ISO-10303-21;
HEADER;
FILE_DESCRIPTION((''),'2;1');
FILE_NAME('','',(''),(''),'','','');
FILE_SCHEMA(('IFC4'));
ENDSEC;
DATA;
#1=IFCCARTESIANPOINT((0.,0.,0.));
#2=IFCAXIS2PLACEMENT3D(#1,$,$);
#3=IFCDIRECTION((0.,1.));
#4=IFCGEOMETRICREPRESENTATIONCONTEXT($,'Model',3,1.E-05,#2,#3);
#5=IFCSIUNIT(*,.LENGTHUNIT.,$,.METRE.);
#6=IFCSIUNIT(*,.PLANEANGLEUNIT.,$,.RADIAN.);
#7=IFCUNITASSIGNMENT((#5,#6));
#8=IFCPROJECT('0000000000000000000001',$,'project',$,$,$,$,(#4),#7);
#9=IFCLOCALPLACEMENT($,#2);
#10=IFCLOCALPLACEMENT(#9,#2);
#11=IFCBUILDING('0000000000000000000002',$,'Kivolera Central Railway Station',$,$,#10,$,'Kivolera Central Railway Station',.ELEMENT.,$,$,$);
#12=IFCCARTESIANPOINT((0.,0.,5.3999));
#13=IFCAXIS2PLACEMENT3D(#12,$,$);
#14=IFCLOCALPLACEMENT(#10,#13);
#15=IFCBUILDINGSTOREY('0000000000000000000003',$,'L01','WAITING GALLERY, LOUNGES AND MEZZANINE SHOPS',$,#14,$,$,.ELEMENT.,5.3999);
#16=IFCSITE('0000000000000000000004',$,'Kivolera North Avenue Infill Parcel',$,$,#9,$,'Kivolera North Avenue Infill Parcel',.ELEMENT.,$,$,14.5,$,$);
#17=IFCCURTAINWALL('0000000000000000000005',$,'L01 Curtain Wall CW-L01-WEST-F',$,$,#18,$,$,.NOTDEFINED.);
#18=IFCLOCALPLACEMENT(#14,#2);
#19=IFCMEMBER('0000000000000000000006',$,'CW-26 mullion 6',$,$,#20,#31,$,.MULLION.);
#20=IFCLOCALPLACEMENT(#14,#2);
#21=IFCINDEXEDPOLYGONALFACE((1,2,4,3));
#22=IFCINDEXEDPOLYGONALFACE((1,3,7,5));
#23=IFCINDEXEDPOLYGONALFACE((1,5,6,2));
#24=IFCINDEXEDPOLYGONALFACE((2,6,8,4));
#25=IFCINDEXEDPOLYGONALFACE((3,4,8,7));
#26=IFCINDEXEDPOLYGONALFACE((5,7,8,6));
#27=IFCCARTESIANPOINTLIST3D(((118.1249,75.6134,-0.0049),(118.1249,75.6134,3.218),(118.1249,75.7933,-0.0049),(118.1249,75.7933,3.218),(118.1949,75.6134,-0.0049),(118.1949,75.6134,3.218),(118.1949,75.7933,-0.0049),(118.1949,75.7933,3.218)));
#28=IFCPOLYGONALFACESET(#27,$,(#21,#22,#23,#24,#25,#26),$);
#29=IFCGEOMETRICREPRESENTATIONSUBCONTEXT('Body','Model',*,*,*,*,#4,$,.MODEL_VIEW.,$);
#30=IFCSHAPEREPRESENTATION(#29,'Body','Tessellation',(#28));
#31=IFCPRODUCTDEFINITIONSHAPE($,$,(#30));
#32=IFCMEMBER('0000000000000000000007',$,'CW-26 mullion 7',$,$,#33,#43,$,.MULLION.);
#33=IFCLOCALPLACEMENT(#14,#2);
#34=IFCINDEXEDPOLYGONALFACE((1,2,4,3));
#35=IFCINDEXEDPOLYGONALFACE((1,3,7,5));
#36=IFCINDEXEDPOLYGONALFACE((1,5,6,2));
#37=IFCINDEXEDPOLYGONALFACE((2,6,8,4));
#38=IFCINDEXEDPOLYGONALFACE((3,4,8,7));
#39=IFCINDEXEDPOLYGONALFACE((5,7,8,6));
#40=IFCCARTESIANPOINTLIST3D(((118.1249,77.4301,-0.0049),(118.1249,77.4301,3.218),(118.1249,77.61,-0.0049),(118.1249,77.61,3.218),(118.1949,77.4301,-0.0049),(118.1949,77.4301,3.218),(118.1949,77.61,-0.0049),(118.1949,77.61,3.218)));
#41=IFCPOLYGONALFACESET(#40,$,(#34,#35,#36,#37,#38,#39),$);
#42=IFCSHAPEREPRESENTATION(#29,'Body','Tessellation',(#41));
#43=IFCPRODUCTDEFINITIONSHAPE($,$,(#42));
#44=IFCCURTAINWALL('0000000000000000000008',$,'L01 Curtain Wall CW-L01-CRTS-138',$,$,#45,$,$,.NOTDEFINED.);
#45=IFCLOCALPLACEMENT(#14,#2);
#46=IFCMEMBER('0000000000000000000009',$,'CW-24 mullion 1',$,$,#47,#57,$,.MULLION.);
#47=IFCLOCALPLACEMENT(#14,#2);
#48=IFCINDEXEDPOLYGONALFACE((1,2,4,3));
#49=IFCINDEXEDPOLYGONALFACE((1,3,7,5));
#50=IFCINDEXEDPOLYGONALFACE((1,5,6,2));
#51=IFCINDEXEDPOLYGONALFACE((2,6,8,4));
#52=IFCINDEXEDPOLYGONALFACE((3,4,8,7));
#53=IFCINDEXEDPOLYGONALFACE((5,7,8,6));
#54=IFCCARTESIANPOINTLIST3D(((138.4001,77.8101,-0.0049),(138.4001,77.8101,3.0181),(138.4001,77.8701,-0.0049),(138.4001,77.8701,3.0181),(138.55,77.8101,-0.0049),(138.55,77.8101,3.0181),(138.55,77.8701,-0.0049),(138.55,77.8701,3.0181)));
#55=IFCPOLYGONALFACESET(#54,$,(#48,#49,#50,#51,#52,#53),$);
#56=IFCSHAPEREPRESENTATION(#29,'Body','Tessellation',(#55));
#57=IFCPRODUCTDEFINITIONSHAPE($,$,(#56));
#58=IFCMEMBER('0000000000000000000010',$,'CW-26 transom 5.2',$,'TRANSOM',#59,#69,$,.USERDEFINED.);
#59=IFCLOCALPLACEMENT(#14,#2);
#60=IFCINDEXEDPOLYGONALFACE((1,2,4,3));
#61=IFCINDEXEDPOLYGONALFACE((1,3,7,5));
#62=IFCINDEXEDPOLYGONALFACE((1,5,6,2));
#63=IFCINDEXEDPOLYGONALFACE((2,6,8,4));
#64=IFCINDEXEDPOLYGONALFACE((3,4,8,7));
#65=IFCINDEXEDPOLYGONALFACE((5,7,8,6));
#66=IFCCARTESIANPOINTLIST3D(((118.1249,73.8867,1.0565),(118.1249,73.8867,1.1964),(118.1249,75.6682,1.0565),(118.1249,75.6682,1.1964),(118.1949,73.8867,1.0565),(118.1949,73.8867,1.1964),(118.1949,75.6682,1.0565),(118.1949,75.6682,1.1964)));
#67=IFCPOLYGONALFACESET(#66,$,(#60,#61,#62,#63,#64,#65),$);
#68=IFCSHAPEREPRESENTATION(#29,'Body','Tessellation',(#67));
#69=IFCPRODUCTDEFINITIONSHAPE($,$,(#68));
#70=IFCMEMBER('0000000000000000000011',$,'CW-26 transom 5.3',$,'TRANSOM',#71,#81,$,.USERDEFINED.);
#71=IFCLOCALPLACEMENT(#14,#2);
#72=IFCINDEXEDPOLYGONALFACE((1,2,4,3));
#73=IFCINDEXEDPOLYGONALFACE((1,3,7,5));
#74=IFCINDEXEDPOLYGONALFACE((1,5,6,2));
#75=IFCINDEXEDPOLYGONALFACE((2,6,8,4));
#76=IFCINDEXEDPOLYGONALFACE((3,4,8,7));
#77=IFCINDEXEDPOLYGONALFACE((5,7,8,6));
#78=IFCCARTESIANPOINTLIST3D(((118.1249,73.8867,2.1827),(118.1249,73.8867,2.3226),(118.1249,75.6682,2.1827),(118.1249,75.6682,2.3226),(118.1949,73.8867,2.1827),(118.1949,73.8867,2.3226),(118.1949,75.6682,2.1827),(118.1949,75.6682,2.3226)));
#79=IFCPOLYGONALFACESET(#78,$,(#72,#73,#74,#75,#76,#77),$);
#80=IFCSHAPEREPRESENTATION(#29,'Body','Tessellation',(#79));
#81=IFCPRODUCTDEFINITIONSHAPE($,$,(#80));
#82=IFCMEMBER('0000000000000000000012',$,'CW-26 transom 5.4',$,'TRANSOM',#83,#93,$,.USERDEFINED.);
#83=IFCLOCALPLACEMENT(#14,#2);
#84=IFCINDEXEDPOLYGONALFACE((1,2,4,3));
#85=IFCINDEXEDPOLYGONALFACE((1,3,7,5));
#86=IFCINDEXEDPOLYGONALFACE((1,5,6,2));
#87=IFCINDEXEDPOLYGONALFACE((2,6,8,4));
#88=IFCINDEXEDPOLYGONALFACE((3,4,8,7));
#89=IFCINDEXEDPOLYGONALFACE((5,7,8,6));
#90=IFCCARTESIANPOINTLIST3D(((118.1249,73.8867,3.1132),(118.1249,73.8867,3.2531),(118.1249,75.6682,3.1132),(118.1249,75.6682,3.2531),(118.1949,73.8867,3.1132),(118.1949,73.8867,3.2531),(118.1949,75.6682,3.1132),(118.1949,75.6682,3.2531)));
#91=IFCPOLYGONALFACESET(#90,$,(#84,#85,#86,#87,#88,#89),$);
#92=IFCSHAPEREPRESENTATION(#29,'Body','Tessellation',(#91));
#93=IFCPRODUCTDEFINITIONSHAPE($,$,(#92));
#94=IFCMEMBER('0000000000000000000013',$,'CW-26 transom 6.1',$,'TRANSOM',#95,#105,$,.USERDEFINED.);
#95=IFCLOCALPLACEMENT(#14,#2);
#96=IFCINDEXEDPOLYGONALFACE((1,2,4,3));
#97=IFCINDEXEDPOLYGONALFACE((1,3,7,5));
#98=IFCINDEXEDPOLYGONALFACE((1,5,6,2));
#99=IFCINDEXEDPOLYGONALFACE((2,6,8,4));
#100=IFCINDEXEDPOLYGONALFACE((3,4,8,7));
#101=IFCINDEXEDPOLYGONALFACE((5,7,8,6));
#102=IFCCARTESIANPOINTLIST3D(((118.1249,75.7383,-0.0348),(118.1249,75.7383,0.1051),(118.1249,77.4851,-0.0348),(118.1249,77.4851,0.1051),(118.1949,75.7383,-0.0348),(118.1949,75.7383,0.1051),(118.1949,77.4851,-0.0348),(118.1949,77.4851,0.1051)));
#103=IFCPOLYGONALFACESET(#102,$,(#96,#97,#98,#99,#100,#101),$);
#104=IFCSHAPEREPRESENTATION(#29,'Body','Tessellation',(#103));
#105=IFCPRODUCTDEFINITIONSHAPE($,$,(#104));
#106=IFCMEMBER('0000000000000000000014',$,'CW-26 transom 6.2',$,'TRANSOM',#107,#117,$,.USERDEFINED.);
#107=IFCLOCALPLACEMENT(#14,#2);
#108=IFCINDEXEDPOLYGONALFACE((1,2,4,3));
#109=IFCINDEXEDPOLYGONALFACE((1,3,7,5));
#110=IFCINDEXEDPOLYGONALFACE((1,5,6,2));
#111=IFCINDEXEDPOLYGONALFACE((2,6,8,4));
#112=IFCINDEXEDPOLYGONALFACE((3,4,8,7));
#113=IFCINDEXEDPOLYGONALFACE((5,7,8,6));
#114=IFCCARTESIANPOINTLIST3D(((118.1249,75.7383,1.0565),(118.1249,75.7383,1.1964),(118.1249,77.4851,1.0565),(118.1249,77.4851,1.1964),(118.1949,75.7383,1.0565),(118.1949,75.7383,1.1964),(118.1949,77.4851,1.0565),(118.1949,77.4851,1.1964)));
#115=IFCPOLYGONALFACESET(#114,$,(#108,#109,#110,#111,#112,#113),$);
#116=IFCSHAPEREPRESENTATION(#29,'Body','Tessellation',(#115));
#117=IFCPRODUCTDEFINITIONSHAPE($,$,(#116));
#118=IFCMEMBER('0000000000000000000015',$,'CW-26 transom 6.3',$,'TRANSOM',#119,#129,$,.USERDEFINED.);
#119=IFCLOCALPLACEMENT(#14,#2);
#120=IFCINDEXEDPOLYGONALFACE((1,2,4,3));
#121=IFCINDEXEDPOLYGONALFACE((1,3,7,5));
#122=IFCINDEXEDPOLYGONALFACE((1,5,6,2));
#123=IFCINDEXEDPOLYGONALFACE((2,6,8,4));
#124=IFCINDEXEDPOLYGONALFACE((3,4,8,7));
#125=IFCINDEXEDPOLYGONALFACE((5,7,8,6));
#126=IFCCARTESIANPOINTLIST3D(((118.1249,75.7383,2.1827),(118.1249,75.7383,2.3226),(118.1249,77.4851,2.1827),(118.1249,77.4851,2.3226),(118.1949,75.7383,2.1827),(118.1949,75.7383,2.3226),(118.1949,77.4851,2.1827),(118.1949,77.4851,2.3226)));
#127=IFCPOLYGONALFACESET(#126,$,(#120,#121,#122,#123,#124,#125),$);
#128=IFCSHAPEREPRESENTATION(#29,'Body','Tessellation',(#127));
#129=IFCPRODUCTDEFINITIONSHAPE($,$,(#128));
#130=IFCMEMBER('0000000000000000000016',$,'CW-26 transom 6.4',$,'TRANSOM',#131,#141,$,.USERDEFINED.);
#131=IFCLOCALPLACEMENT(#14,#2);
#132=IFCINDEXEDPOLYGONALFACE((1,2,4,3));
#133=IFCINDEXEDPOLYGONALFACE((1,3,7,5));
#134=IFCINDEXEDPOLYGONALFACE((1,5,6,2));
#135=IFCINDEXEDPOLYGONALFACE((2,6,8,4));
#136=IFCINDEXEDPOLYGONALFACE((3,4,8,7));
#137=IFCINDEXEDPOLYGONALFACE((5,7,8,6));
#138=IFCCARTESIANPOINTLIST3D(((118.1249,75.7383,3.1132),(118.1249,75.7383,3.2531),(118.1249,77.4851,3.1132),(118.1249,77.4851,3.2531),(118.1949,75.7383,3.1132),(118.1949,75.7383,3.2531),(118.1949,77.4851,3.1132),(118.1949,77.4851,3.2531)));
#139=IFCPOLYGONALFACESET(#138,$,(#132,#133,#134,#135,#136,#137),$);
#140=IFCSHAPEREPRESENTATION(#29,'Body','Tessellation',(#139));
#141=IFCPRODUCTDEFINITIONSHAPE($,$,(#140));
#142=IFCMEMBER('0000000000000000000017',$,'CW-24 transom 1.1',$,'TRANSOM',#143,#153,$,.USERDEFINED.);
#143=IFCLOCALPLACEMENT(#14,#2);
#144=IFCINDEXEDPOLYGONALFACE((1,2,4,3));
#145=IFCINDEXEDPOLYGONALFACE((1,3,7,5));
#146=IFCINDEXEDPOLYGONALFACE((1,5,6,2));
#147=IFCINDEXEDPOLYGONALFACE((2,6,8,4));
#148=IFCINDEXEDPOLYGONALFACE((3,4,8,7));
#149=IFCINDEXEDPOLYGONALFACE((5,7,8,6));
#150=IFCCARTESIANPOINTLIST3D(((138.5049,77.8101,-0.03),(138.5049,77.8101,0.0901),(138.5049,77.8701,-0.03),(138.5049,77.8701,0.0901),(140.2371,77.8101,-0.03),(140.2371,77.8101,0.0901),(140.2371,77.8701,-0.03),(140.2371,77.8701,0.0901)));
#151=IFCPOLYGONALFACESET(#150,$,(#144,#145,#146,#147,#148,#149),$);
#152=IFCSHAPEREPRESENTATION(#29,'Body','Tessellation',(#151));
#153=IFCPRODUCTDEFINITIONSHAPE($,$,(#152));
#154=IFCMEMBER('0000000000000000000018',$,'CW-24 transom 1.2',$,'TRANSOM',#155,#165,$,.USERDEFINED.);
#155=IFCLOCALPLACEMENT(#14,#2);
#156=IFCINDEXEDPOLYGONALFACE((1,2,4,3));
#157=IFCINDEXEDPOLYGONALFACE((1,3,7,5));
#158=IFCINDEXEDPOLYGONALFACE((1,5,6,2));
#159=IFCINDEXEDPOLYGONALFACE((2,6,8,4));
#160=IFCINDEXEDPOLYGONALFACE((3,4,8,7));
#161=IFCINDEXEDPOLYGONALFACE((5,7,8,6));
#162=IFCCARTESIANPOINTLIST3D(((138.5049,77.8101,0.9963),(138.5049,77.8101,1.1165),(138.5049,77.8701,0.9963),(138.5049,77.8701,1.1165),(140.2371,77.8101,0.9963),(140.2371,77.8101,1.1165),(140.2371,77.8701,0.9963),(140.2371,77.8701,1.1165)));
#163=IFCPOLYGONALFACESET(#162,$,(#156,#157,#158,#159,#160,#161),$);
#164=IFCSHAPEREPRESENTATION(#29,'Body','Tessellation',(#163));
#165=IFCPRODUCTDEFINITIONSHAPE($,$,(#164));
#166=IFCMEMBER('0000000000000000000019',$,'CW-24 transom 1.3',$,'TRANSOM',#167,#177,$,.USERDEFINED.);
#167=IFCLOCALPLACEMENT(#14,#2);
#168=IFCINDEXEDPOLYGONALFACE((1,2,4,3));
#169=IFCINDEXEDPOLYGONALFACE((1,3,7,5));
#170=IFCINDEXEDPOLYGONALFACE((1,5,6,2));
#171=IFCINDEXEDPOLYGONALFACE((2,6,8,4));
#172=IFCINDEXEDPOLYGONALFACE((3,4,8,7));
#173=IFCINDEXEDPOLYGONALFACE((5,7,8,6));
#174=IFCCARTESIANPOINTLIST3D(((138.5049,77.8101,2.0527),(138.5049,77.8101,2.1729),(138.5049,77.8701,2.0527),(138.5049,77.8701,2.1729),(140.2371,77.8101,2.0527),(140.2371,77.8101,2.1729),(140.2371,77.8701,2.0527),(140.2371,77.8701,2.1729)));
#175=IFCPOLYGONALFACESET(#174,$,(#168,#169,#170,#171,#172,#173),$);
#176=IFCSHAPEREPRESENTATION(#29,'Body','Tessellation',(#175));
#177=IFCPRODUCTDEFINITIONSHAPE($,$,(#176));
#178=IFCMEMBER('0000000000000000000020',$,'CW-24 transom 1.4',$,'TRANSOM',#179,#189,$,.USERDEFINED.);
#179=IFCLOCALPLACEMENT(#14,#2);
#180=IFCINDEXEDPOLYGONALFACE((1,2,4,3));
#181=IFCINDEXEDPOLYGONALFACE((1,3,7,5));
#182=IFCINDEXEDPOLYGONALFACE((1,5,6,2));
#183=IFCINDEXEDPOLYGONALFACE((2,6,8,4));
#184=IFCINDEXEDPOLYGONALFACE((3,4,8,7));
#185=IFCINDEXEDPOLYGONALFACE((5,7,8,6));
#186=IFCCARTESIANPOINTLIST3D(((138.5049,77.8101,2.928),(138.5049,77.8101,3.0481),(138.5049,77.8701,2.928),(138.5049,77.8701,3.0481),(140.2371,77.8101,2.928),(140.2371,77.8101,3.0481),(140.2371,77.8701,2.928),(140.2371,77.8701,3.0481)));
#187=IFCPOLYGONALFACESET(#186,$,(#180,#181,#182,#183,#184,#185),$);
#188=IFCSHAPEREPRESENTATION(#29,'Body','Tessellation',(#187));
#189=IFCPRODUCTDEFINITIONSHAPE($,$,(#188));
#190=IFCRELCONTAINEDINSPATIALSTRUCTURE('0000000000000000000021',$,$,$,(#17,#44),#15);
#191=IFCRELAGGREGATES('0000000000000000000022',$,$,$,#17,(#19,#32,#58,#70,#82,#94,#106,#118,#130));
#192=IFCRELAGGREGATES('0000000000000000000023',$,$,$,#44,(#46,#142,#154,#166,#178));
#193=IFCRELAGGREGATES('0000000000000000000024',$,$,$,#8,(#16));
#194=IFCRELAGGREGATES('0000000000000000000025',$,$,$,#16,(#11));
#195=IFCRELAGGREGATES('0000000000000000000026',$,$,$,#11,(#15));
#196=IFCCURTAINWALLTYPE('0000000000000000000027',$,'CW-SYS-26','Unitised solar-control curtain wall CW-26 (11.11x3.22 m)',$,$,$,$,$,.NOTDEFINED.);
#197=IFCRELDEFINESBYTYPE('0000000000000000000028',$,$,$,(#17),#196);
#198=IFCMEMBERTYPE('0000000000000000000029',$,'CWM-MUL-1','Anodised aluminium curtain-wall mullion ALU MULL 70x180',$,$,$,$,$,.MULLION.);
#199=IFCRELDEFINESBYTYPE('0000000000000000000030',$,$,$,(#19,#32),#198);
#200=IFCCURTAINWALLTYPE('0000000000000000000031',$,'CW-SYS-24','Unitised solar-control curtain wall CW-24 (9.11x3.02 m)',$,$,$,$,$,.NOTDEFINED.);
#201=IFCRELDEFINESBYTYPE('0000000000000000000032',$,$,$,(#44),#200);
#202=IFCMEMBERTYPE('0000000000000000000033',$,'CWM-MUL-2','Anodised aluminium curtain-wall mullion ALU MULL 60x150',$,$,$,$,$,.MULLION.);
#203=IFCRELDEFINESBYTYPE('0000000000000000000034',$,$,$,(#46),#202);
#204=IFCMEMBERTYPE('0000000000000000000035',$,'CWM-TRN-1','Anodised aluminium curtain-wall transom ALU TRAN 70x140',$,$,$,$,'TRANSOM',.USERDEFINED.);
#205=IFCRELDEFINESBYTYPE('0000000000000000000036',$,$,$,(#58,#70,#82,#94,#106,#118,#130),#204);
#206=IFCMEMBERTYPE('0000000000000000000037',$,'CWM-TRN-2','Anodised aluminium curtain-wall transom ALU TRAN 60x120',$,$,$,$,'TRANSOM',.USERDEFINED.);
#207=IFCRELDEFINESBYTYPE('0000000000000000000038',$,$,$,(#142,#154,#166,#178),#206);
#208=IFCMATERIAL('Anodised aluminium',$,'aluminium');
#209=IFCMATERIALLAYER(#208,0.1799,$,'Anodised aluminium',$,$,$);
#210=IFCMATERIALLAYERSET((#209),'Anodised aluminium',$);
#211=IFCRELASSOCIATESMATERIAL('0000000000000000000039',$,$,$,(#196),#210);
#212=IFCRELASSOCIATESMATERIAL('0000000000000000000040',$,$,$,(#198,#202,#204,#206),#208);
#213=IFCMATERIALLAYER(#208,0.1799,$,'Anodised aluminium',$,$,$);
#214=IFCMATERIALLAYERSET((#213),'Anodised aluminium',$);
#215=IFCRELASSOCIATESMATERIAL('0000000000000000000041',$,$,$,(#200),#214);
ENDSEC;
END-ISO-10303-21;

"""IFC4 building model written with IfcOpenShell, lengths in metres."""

from ifc_helpers import new_model, si_unit, direction, frame, origin, origin_2d, place, context, subcontext, project, spatial, rectangle, extrude, material, layer, layer_set, material_profile, profile_set, type_object, element, aggregate, save


model = new_model("IFC4")

# Units and contexts
model_context = context("Model", 3, precision=1e-05, world=origin(), true_north=direction((0.0, 1.0)))
body_context = subcontext(model_context, "Body", "Model", "MODEL_VIEW")
ifc_project = project(units=[si_unit("LENGTHUNIT", "METRE"), si_unit("PLANEANGLEUNIT", "RADIAN")], contexts=[model_context])

# Site, building, storey
site_placement = place(None, origin())
site = spatial("IfcSite", under=ifc_project, at=site_placement, Name="Kivolera North Avenue Infill Parcel", LongName="Kivolera North Avenue Infill Parcel", CompositionType="ELEMENT", RefElevation=14.5)
building_placement = place(site_placement, origin())
building = spatial("IfcBuilding", under=site, at=building_placement, Name="Kivolera Central Railway Station", LongName="Kivolera Central Railway Station", CompositionType="ELEMENT")
storey_placement = place(building_placement, frame((0.0, 0.0, 5.3999)))
storey = spatial("IfcBuildingStorey", under=building, at=storey_placement, Name="L01", Description="WAITING GALLERY, LOUNGES AND MEZZANINE SHOPS", CompositionType="ELEMENT", Elevation=5.3999)

# Curtain wall, members
ifc_material_1 = material(Name="Anodised aluminium", Category="aluminium")
ifc_layer_1 = layer(ifc_material_1, 0.1799, Name="Anodised aluminium")
ifc_layer_set_1 = layer_set([ifc_layer_1], Name="Anodised aluminium")
curtain_wall_type_1 = type_object("IfcCurtainWallType", Name="CW-SYS-26", Description="Unitised solar-control curtain wall CW-26 (11.11x3.22 m)", PredefinedType="NOTDEFINED", material=ifc_layer_set_1)
curtain_wall_1_placement = place(storey_placement, origin())
curtain_wall_1 = element("IfcCurtainWall", 1, at=curtain_wall_1_placement, inside=storey, type_object=curtain_wall_type_1, Name="L01 Curtain Wall CW-L01-WEST-F", PredefinedType="NOTDEFINED")
ifc_material_profile_1 = material_profile(ifc_material_1, rectangle(XDim=0.0701, YDim=0.1799, at=origin_2d()), Name="ALU MULL 70x180")
ifc_profile_set_1 = profile_set([ifc_material_profile_1], Name="Anodised aluminium")
member_type_1 = type_object("IfcMemberType", Name="CWM-MUL-1", Description="Anodised aluminium curtain-wall mullion ALU MULL 70x180", PredefinedType="MULLION", material=ifc_profile_set_1)
member_1_placement = place(storey_placement, frame((118.1599, 75.7034, -0.0049), z_axis=(0.0, 0.0, 1.0), x_axis=(-1.0, 0.0, 0.0)))
member_1 = element("IfcMember", 2, at=member_1_placement, type_object=member_type_1, Name="CW-26 mullion 6", PredefinedType="MULLION", context=body_context, shape_type="SweptSolid", body=[
    extrude(rectangle(XDim=0.0701, YDim=0.1799, at=origin_2d()), origin(), (0.0, 0.0, 1.0), 3.2229),
])
member_2_placement = place(storey_placement, frame((118.1599, 77.52, -0.0049), z_axis=(0.0, 0.0, 1.0), x_axis=(-1.0, 0.0, 0.0)))
member_2 = element("IfcMember", 3, at=member_2_placement, type_object=member_type_1, Name="CW-26 mullion 7", PredefinedType="MULLION", context=body_context, shape_type="SweptSolid", body=[
    extrude(rectangle(XDim=0.0701, YDim=0.1799, at=origin_2d()), origin(), (0.0, 0.0, 1.0), 3.2229),
])

# Curtain wall, member
ifc_layer_2 = layer(ifc_material_1, 0.1799, Name="Anodised aluminium")
ifc_layer_set_2 = layer_set([ifc_layer_2], Name="Anodised aluminium")
curtain_wall_type_2 = type_object("IfcCurtainWallType", Name="CW-SYS-24", Description="Unitised solar-control curtain wall CW-24 (9.11x3.02 m)", PredefinedType="NOTDEFINED", material=ifc_layer_set_2)
curtain_wall_2_placement = place(storey_placement, origin())
curtain_wall_2 = element("IfcCurtainWall", 4, at=curtain_wall_2_placement, inside=storey, type_object=curtain_wall_type_2, Name="L01 Curtain Wall CW-L01-CRTS-138", PredefinedType="NOTDEFINED")
ifc_material_profile_2 = material_profile(ifc_material_1, rectangle(XDim=0.0601, YDim=0.1499, at=origin_2d()), Name="ALU MULL 60x150")
ifc_profile_set_2 = profile_set([ifc_material_profile_2], Name="Anodised aluminium")
member_type_2 = type_object("IfcMemberType", Name="CWM-MUL-2", Description="Anodised aluminium curtain-wall mullion ALU MULL 60x150", PredefinedType="MULLION", material=ifc_profile_set_2)
member_3_placement = place(storey_placement, frame((138.4751, 77.8401, -0.0049), z_axis=(0.0, 0.0, 1.0), x_axis=(0.0, 1.0, 0.0)))
member_3 = element("IfcMember", 5, at=member_3_placement, type_object=member_type_2, Name="CW-24 mullion 1", PredefinedType="MULLION", context=body_context, shape_type="SweptSolid", body=[
    extrude(rectangle(XDim=0.0601, YDim=0.1499, at=origin_2d()), origin(), (0.0, 0.0, 1.0), 3.0229),
])

# Members
ifc_material_profile_3 = material_profile(ifc_material_1, rectangle(XDim=0.0701, YDim=0.1399, at=origin_2d()), Name="ALU TRAN 70x140")
ifc_profile_set_3 = profile_set([ifc_material_profile_3], Name="Anodised aluminium")
member_type_3 = type_object("IfcMemberType", Name="CWM-TRN-1", Description="Anodised aluminium curtain-wall transom ALU TRAN 70x140", ElementType="TRANSOM", PredefinedType="USERDEFINED", material=ifc_profile_set_3)
member_4_placement = place(storey_placement, frame((118.1599, 73.8867, 1.1265), z_axis=(0.0, 1.0, 0.0), x_axis=(-1.0, 0.0, 0.0)))
member_4 = element("IfcMember", 6, at=member_4_placement, type_object=member_type_3, Name="CW-26 transom 5.2", ObjectType="TRANSOM", PredefinedType="USERDEFINED", context=body_context, shape_type="SweptSolid", body=[
    extrude(rectangle(XDim=0.0701, YDim=0.1399, at=origin_2d()), origin(), (0.0, 0.0, 1.0), 1.7815),
])
member_5_placement = place(storey_placement, frame((118.1599, 73.8867, 2.2527), z_axis=(0.0, 1.0, 0.0), x_axis=(-1.0, 0.0, 0.0)))
member_5 = element("IfcMember", 7, at=member_5_placement, type_object=member_type_3, Name="CW-26 transom 5.3", ObjectType="TRANSOM", PredefinedType="USERDEFINED", context=body_context, shape_type="SweptSolid", body=[
    extrude(rectangle(XDim=0.0701, YDim=0.1399, at=origin_2d()), origin(), (0.0, 0.0, 1.0), 1.7815),
])
member_6_placement = place(storey_placement, frame((118.1599, 73.8867, 3.1831), z_axis=(0.0, 1.0, 0.0), x_axis=(-1.0, 0.0, 0.0)))
member_6 = element("IfcMember", 8, at=member_6_placement, type_object=member_type_3, Name="CW-26 transom 5.4", ObjectType="TRANSOM", PredefinedType="USERDEFINED", context=body_context, shape_type="SweptSolid", body=[
    extrude(rectangle(XDim=0.0701, YDim=0.1399, at=origin_2d()), origin(), (0.0, 0.0, 1.0), 1.7815),
])
member_7_placement = place(storey_placement, frame((118.1599, 75.7383, 0.0352), z_axis=(0.0, 1.0, 0.0), x_axis=(-1.0, 0.0, 0.0)))
member_7 = element("IfcMember", 9, at=member_7_placement, type_object=member_type_3, Name="CW-26 transom 6.1", ObjectType="TRANSOM", PredefinedType="USERDEFINED", context=body_context, shape_type="SweptSolid", body=[
    extrude(rectangle(XDim=0.0701, YDim=0.1399, at=origin_2d()), origin(), (0.0, 0.0, 1.0), 1.7468),
])
member_8_placement = place(storey_placement, frame((118.1599, 75.7383, 1.1265), z_axis=(0.0, 1.0, 0.0), x_axis=(-1.0, 0.0, 0.0)))
member_8 = element("IfcMember", 10, at=member_8_placement, type_object=member_type_3, Name="CW-26 transom 6.2", ObjectType="TRANSOM", PredefinedType="USERDEFINED", context=body_context, shape_type="SweptSolid", body=[
    extrude(rectangle(XDim=0.0701, YDim=0.1399, at=origin_2d()), origin(), (0.0, 0.0, 1.0), 1.7468),
])
member_9_placement = place(storey_placement, frame((118.1599, 75.7383, 2.2527), z_axis=(0.0, 1.0, 0.0), x_axis=(-1.0, 0.0, 0.0)))
member_9 = element("IfcMember", 11, at=member_9_placement, type_object=member_type_3, Name="CW-26 transom 6.3", ObjectType="TRANSOM", PredefinedType="USERDEFINED", context=body_context, shape_type="SweptSolid", body=[
    extrude(rectangle(XDim=0.0701, YDim=0.1399, at=origin_2d()), origin(), (0.0, 0.0, 1.0), 1.7468),
])
member_10_placement = place(storey_placement, frame((118.1599, 75.7383, 3.1831), z_axis=(0.0, 1.0, 0.0), x_axis=(-1.0, 0.0, 0.0)))
member_10 = element("IfcMember", 12, at=member_10_placement, type_object=member_type_3, Name="CW-26 transom 6.4", ObjectType="TRANSOM", PredefinedType="USERDEFINED", context=body_context, shape_type="SweptSolid", body=[
    extrude(rectangle(XDim=0.0701, YDim=0.1399, at=origin_2d()), origin(), (0.0, 0.0, 1.0), 1.7468),
])
ifc_material_profile_4 = material_profile(ifc_material_1, rectangle(XDim=0.0601, YDim=0.1201, at=origin_2d()), Name="ALU TRAN 60x120")
ifc_profile_set_4 = profile_set([ifc_material_profile_4], Name="Anodised aluminium")
member_type_4 = type_object("IfcMemberType", Name="CWM-TRN-2", Description="Anodised aluminium curtain-wall transom ALU TRAN 60x120", ElementType="TRANSOM", PredefinedType="USERDEFINED", material=ifc_profile_set_4)
member_11_placement = place(storey_placement, frame((138.5049, 77.8401, 0.03), z_axis=(1.0, 0.0, 0.0), x_axis=(0.0, 1.0, 0.0)))
member_11 = element("IfcMember", 13, at=member_11_placement, type_object=member_type_4, Name="CW-24 transom 1.1", ObjectType="TRANSOM", PredefinedType="USERDEFINED", context=body_context, shape_type="SweptSolid", body=[
    extrude(rectangle(XDim=0.0601, YDim=0.1201, at=origin_2d()), origin(), (0.0, 0.0, 1.0), 1.7322),
])
member_12_placement = place(storey_placement, frame((138.5049, 77.8401, 1.0564), z_axis=(1.0, 0.0, 0.0), x_axis=(0.0, 1.0, 0.0)))
member_12 = element("IfcMember", 14, at=member_12_placement, type_object=member_type_4, Name="CW-24 transom 1.2", ObjectType="TRANSOM", PredefinedType="USERDEFINED", context=body_context, shape_type="SweptSolid", body=[
    extrude(rectangle(XDim=0.0601, YDim=0.1201, at=origin_2d()), origin(), (0.0, 0.0, 1.0), 1.7322),
])
member_13_placement = place(storey_placement, frame((138.5049, 77.8401, 2.1128), z_axis=(1.0, 0.0, 0.0), x_axis=(0.0, 1.0, 0.0)))
member_13 = element("IfcMember", 15, at=member_13_placement, type_object=member_type_4, Name="CW-24 transom 1.3", ObjectType="TRANSOM", PredefinedType="USERDEFINED", context=body_context, shape_type="SweptSolid", body=[
    extrude(rectangle(XDim=0.0601, YDim=0.1201, at=origin_2d()), origin(), (0.0, 0.0, 1.0), 1.7322),
])
member_14_placement = place(storey_placement, frame((138.5049, 77.8401, 2.988), z_axis=(1.0, 0.0, 0.0), x_axis=(0.0, 1.0, 0.0)))
member_14 = element("IfcMember", 16, at=member_14_placement, type_object=member_type_4, Name="CW-24 transom 1.4", ObjectType="TRANSOM", PredefinedType="USERDEFINED", context=body_context, shape_type="SweptSolid", body=[
    extrude(rectangle(XDim=0.0601, YDim=0.1201, at=origin_2d()), origin(), (0.0, 0.0, 1.0), 1.7322),
])

aggregate(curtain_wall_1, [member_1, member_2, member_4, member_5, member_6, member_7, member_8, member_9, member_10])
aggregate(curtain_wall_2, [member_3, member_11, member_12, member_13, member_14])

save(model, "model.ifc")
